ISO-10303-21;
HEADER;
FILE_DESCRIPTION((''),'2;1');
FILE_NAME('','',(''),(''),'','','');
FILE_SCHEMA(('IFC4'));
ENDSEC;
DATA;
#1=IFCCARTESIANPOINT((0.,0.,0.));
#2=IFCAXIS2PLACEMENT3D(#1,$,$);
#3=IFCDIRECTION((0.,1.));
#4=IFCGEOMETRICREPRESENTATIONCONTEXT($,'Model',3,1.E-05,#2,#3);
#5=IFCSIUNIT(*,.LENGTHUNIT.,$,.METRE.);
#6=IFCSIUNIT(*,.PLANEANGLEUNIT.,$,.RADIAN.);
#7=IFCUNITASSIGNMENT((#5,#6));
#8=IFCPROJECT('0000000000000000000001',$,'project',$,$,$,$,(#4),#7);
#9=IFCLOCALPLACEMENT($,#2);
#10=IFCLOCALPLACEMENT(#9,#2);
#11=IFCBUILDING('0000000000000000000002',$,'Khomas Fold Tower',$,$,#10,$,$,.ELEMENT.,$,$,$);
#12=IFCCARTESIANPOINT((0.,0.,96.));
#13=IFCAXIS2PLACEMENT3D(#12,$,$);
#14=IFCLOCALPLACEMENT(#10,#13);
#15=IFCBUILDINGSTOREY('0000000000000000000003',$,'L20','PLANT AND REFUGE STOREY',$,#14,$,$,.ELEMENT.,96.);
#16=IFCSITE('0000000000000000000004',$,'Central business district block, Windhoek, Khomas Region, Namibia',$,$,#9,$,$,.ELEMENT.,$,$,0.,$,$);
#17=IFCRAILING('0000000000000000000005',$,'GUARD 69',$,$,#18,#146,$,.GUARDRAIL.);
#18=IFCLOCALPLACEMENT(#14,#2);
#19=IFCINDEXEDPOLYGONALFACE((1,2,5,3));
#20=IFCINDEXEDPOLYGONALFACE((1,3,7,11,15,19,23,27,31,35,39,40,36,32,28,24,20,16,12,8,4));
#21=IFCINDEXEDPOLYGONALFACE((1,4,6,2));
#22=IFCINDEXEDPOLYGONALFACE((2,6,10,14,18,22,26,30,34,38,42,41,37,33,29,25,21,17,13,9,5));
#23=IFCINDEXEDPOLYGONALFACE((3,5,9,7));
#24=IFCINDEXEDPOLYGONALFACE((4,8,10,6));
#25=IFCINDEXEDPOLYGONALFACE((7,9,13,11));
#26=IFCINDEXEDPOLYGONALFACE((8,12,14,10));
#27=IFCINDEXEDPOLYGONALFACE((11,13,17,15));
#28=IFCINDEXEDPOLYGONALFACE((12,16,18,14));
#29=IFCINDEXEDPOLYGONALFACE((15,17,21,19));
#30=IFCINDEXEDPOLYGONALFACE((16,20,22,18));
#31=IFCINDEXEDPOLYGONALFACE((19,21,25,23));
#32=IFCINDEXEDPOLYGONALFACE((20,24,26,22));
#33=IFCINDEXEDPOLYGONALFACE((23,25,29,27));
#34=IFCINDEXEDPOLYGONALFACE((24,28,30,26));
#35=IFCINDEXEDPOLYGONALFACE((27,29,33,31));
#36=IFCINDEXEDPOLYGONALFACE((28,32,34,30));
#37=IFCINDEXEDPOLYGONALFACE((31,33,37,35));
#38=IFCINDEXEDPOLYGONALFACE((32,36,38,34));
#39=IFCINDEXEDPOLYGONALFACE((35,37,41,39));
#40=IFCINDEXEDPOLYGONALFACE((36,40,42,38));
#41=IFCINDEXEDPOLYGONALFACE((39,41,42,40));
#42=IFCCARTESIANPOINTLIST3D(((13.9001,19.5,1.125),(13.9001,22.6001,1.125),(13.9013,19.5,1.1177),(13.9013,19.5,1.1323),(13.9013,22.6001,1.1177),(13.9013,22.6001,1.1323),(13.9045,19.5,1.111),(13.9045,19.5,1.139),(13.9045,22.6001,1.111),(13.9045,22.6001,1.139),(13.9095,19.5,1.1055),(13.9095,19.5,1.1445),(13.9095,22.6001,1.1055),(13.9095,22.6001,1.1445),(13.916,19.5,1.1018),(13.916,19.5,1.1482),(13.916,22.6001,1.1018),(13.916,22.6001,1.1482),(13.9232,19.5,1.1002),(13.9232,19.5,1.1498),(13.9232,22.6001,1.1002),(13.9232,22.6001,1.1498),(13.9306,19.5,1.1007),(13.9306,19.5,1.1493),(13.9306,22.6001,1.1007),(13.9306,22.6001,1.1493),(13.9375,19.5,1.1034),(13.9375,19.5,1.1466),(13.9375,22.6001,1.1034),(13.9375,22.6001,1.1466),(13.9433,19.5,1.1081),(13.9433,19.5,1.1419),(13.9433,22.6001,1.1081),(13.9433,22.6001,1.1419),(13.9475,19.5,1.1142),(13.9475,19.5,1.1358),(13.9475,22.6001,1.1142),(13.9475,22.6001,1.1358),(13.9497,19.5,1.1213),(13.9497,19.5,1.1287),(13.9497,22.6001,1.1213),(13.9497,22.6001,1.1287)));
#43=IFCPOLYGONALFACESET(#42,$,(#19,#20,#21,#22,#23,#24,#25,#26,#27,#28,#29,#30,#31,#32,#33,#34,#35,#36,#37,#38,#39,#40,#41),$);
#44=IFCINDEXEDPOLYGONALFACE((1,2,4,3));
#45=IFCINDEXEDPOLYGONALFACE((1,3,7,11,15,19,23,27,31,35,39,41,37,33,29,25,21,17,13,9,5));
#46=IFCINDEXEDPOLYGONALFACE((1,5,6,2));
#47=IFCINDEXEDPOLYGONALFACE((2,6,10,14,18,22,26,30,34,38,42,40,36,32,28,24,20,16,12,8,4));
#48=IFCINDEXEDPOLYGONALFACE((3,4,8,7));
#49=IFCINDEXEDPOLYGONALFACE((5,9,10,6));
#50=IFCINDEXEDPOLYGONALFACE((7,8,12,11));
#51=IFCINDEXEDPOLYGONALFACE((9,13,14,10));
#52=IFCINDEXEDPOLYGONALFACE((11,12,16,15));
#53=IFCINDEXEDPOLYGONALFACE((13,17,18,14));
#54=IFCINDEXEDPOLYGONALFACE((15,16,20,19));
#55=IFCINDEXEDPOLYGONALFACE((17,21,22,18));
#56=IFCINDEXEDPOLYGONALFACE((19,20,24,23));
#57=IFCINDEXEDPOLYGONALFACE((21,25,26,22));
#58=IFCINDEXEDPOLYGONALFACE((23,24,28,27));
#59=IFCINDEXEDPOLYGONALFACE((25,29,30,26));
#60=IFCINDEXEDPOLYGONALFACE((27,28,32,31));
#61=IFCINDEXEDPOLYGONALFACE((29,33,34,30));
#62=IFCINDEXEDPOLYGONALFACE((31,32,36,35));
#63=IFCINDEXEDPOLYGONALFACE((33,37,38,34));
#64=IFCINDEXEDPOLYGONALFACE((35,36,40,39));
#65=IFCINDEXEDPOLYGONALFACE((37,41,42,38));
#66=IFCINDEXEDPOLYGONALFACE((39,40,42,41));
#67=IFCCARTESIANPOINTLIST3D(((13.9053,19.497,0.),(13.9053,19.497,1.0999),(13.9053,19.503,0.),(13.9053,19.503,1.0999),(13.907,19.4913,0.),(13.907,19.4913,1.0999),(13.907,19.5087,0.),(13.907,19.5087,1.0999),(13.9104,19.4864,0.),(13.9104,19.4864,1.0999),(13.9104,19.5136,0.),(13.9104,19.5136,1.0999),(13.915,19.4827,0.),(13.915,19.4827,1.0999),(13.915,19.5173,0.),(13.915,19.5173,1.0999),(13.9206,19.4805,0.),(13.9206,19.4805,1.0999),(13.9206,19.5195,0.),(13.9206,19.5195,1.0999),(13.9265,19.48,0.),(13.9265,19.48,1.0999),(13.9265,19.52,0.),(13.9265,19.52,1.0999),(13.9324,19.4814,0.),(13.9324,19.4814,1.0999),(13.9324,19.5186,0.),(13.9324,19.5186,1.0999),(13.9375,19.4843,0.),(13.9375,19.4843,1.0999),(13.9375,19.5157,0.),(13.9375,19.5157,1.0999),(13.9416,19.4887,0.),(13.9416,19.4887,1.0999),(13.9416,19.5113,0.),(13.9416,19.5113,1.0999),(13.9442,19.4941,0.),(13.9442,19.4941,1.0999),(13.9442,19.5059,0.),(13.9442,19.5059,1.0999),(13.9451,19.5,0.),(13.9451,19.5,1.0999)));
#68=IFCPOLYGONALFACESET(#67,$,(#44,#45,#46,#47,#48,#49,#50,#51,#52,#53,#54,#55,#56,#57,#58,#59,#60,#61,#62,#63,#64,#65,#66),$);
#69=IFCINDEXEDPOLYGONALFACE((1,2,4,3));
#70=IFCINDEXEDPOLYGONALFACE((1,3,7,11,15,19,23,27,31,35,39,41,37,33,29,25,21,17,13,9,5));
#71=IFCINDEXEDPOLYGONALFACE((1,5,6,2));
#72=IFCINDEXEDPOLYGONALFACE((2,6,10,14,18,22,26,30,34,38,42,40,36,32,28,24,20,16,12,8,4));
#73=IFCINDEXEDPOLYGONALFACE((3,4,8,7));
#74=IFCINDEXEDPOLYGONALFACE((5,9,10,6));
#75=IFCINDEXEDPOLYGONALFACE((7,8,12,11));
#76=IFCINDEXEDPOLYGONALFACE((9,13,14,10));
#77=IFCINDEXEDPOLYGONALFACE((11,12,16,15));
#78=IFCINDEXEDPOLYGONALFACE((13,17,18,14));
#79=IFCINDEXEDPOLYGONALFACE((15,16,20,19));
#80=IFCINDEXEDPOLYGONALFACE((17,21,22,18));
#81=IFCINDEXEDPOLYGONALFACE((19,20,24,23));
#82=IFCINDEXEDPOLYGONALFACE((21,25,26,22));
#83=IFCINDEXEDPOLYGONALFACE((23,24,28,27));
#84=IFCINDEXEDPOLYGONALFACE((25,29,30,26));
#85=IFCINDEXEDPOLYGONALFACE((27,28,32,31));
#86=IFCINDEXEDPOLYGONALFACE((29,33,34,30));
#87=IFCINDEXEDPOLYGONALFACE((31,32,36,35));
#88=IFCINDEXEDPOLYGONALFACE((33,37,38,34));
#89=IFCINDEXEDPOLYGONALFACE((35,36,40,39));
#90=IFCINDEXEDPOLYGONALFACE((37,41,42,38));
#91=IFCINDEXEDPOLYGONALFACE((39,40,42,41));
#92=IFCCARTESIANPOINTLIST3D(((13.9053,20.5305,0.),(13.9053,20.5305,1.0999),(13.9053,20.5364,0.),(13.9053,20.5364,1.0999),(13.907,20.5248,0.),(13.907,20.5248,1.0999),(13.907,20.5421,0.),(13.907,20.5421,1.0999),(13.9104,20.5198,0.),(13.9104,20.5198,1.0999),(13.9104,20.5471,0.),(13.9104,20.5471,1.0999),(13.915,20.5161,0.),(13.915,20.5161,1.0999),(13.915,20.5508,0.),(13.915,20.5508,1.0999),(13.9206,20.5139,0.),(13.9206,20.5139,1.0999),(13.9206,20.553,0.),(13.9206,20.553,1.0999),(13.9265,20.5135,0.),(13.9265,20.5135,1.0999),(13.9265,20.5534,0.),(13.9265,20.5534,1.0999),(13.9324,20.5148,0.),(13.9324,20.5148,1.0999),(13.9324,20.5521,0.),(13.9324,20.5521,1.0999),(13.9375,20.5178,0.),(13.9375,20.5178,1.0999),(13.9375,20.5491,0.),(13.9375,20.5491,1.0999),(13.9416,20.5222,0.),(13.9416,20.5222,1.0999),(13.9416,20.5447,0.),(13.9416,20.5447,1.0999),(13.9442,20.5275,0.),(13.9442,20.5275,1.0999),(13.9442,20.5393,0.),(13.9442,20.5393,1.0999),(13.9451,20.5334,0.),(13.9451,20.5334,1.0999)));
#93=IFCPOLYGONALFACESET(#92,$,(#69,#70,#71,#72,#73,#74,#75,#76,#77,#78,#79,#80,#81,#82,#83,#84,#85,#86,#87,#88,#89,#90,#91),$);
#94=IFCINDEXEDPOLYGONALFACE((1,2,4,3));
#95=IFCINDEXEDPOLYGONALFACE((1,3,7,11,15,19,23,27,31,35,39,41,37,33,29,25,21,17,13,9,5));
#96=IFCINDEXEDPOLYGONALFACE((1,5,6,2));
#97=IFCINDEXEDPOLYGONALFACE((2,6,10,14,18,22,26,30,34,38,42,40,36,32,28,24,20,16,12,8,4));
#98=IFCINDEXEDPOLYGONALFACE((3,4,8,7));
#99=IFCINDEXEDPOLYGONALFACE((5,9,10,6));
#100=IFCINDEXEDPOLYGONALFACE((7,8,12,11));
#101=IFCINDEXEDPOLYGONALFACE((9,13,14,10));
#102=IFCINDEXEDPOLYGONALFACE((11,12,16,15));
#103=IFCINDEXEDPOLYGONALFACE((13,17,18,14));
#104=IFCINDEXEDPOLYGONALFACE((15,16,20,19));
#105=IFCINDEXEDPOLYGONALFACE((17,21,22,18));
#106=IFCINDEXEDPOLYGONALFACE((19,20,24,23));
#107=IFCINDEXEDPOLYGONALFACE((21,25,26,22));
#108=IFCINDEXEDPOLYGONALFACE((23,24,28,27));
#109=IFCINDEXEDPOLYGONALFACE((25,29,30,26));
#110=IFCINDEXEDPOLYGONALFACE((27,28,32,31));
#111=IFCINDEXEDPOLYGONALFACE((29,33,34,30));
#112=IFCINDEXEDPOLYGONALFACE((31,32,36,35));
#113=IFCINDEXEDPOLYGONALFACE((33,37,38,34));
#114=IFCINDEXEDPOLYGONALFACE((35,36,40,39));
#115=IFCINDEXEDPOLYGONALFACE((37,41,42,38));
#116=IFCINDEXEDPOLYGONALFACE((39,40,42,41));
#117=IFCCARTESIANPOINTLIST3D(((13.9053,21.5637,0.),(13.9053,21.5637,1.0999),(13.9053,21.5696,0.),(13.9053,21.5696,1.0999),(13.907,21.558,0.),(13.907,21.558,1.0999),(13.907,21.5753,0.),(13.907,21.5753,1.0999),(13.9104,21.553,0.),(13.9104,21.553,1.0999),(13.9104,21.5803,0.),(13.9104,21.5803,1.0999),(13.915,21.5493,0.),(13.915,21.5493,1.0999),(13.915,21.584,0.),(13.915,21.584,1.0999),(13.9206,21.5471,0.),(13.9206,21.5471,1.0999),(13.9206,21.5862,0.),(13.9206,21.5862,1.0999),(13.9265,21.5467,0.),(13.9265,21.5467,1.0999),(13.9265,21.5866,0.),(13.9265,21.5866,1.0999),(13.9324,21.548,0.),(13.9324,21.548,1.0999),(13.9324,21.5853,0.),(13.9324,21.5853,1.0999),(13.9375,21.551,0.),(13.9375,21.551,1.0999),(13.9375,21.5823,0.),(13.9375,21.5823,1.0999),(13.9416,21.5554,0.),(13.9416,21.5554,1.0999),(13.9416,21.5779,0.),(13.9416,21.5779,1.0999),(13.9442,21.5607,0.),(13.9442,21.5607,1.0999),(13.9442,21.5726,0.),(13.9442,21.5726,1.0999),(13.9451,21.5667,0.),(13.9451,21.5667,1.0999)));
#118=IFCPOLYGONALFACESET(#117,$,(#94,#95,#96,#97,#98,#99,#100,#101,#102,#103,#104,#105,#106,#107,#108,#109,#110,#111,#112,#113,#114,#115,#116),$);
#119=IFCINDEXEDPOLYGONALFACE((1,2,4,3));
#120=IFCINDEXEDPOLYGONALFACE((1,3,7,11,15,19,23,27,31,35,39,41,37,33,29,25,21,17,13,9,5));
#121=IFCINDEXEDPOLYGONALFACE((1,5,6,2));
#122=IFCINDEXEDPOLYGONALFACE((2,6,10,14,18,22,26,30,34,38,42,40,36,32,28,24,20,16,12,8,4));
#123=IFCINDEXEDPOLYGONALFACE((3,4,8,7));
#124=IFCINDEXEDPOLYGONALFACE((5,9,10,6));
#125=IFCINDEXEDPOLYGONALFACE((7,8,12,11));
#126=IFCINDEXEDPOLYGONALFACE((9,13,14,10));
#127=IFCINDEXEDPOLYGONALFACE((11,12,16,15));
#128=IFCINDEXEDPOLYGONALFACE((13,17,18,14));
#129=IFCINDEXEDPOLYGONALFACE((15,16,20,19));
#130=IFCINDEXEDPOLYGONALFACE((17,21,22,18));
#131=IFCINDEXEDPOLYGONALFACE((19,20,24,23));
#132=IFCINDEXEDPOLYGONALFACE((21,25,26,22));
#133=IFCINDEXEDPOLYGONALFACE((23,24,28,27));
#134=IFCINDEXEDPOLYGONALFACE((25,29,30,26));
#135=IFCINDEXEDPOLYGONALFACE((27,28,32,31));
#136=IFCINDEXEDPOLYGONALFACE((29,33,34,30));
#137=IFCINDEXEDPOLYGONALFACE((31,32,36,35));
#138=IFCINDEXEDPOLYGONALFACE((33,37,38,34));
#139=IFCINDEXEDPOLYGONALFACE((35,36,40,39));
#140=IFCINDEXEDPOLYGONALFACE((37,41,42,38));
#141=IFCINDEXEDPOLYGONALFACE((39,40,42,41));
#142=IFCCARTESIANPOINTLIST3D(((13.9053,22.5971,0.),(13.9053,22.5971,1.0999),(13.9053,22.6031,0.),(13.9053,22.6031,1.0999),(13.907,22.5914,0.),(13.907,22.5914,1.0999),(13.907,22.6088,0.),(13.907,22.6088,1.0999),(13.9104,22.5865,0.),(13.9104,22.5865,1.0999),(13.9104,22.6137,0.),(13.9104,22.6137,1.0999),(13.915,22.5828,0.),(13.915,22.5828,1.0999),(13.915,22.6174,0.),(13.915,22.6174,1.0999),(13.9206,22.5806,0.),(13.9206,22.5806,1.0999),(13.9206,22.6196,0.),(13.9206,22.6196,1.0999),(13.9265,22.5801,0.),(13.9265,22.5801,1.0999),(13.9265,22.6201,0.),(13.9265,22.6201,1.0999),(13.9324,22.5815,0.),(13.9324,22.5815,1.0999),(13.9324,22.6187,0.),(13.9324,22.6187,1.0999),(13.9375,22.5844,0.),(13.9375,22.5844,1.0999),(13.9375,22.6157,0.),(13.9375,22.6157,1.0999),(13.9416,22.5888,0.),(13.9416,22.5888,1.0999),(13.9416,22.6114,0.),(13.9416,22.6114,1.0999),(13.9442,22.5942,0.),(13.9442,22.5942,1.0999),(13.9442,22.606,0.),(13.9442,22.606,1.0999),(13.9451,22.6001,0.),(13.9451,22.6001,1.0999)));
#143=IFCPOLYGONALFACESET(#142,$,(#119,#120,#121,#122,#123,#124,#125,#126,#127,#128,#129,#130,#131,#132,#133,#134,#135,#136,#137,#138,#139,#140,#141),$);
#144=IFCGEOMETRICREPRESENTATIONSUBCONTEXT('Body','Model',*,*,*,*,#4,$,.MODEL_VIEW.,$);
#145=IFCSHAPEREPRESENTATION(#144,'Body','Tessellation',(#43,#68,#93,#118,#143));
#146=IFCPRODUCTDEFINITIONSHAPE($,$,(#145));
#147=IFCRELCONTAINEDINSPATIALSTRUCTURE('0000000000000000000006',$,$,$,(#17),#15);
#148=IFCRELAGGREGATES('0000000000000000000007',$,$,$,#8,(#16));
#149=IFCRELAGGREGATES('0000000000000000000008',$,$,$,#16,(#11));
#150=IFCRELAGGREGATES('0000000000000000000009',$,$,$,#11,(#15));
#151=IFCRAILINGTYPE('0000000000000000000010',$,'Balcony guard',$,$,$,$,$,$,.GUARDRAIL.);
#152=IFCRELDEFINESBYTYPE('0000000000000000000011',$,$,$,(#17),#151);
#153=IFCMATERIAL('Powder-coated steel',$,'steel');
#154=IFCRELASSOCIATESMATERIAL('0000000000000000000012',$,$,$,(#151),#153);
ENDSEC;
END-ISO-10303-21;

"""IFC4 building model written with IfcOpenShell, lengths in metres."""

from ifc_helpers import new_model, si_unit, direction, frame, origin, origin_2d, place, context, subcontext, project, spatial, circle, extrude, source, transform, mapped, material, type_object, element, save


model = new_model("IFC4")

# Units and contexts
model_context = context("Model", 3, precision=1e-05, world=origin(), true_north=direction((0.0, 1.0)))
body_context = subcontext(model_context, "Body", "Model", "MODEL_VIEW")
ifc_project = project(units=[si_unit("LENGTHUNIT", "METRE"), si_unit("PLANEANGLEUNIT", "RADIAN")], contexts=[model_context])

# Site, building, storey
site_placement = place(None, origin())
site = spatial("IfcSite", under=ifc_project, at=site_placement, Name="Central business district block, Windhoek, Khomas Region, Namibia", CompositionType="ELEMENT", RefElevation=0.0)
building_placement = place(site_placement, origin())
building = spatial("IfcBuilding", under=site, at=building_placement, Name="Khomas Fold Tower", CompositionType="ELEMENT")
storey_placement = place(building_placement, frame((0.0, 0.0, 96.0)))
storey = spatial("IfcBuildingStorey", under=building, at=storey_placement, Name="L20", Description="PLANT AND REFUGE STOREY", CompositionType="ELEMENT", Elevation=96.0)

# Railing
ifc_material_1 = material(Name="Powder-coated steel", Category="steel")
railing_type_1 = type_object("IfcRailingType", Name="Balcony guard", PredefinedType="GUARDRAIL", material=ifc_material_1)
shared_shape_1 = source(origin(), body_context, "Body", "SweptSolid", [
    extrude(circle(Radius=0.0249, at=origin_2d()), frame((0.0, 0.0, 1.125), z_axis=(0.0, 1.0, 0.0), x_axis=(-1.0, 0.0, 0.0)), (0.0, 0.0, 1.0), 3.1001),
    extrude(circle(Radius=0.02, at=origin_2d()), origin(), (0.0, 0.0, 1.0), 1.0999),
    extrude(circle(Radius=0.02, at=origin_2d()), frame((0.0, 1.0334, 0.0)), (0.0, 0.0, 1.0), 1.0999),
    extrude(circle(Radius=0.02, at=origin_2d()), frame((0.0, 2.0667, 0.0)), (0.0, 0.0, 1.0), 1.0999),
    extrude(circle(Radius=0.02, at=origin_2d()), frame((0.0, 3.1001, 0.0)), (0.0, 0.0, 1.0), 1.0999),
])
railing_placement = place(storey_placement, frame((13.925, 19.5, 0.0)))
element("IfcRailing", 1, at=railing_placement, inside=storey, type_object=railing_type_1, Name="GUARD 69", PredefinedType="GUARDRAIL", context=body_context, shape_type="MappedRepresentation", body=[
    mapped(shared_shape_1, transform((0.0, 0.0, 0.0))),
])

save(model, "model.ifc")
